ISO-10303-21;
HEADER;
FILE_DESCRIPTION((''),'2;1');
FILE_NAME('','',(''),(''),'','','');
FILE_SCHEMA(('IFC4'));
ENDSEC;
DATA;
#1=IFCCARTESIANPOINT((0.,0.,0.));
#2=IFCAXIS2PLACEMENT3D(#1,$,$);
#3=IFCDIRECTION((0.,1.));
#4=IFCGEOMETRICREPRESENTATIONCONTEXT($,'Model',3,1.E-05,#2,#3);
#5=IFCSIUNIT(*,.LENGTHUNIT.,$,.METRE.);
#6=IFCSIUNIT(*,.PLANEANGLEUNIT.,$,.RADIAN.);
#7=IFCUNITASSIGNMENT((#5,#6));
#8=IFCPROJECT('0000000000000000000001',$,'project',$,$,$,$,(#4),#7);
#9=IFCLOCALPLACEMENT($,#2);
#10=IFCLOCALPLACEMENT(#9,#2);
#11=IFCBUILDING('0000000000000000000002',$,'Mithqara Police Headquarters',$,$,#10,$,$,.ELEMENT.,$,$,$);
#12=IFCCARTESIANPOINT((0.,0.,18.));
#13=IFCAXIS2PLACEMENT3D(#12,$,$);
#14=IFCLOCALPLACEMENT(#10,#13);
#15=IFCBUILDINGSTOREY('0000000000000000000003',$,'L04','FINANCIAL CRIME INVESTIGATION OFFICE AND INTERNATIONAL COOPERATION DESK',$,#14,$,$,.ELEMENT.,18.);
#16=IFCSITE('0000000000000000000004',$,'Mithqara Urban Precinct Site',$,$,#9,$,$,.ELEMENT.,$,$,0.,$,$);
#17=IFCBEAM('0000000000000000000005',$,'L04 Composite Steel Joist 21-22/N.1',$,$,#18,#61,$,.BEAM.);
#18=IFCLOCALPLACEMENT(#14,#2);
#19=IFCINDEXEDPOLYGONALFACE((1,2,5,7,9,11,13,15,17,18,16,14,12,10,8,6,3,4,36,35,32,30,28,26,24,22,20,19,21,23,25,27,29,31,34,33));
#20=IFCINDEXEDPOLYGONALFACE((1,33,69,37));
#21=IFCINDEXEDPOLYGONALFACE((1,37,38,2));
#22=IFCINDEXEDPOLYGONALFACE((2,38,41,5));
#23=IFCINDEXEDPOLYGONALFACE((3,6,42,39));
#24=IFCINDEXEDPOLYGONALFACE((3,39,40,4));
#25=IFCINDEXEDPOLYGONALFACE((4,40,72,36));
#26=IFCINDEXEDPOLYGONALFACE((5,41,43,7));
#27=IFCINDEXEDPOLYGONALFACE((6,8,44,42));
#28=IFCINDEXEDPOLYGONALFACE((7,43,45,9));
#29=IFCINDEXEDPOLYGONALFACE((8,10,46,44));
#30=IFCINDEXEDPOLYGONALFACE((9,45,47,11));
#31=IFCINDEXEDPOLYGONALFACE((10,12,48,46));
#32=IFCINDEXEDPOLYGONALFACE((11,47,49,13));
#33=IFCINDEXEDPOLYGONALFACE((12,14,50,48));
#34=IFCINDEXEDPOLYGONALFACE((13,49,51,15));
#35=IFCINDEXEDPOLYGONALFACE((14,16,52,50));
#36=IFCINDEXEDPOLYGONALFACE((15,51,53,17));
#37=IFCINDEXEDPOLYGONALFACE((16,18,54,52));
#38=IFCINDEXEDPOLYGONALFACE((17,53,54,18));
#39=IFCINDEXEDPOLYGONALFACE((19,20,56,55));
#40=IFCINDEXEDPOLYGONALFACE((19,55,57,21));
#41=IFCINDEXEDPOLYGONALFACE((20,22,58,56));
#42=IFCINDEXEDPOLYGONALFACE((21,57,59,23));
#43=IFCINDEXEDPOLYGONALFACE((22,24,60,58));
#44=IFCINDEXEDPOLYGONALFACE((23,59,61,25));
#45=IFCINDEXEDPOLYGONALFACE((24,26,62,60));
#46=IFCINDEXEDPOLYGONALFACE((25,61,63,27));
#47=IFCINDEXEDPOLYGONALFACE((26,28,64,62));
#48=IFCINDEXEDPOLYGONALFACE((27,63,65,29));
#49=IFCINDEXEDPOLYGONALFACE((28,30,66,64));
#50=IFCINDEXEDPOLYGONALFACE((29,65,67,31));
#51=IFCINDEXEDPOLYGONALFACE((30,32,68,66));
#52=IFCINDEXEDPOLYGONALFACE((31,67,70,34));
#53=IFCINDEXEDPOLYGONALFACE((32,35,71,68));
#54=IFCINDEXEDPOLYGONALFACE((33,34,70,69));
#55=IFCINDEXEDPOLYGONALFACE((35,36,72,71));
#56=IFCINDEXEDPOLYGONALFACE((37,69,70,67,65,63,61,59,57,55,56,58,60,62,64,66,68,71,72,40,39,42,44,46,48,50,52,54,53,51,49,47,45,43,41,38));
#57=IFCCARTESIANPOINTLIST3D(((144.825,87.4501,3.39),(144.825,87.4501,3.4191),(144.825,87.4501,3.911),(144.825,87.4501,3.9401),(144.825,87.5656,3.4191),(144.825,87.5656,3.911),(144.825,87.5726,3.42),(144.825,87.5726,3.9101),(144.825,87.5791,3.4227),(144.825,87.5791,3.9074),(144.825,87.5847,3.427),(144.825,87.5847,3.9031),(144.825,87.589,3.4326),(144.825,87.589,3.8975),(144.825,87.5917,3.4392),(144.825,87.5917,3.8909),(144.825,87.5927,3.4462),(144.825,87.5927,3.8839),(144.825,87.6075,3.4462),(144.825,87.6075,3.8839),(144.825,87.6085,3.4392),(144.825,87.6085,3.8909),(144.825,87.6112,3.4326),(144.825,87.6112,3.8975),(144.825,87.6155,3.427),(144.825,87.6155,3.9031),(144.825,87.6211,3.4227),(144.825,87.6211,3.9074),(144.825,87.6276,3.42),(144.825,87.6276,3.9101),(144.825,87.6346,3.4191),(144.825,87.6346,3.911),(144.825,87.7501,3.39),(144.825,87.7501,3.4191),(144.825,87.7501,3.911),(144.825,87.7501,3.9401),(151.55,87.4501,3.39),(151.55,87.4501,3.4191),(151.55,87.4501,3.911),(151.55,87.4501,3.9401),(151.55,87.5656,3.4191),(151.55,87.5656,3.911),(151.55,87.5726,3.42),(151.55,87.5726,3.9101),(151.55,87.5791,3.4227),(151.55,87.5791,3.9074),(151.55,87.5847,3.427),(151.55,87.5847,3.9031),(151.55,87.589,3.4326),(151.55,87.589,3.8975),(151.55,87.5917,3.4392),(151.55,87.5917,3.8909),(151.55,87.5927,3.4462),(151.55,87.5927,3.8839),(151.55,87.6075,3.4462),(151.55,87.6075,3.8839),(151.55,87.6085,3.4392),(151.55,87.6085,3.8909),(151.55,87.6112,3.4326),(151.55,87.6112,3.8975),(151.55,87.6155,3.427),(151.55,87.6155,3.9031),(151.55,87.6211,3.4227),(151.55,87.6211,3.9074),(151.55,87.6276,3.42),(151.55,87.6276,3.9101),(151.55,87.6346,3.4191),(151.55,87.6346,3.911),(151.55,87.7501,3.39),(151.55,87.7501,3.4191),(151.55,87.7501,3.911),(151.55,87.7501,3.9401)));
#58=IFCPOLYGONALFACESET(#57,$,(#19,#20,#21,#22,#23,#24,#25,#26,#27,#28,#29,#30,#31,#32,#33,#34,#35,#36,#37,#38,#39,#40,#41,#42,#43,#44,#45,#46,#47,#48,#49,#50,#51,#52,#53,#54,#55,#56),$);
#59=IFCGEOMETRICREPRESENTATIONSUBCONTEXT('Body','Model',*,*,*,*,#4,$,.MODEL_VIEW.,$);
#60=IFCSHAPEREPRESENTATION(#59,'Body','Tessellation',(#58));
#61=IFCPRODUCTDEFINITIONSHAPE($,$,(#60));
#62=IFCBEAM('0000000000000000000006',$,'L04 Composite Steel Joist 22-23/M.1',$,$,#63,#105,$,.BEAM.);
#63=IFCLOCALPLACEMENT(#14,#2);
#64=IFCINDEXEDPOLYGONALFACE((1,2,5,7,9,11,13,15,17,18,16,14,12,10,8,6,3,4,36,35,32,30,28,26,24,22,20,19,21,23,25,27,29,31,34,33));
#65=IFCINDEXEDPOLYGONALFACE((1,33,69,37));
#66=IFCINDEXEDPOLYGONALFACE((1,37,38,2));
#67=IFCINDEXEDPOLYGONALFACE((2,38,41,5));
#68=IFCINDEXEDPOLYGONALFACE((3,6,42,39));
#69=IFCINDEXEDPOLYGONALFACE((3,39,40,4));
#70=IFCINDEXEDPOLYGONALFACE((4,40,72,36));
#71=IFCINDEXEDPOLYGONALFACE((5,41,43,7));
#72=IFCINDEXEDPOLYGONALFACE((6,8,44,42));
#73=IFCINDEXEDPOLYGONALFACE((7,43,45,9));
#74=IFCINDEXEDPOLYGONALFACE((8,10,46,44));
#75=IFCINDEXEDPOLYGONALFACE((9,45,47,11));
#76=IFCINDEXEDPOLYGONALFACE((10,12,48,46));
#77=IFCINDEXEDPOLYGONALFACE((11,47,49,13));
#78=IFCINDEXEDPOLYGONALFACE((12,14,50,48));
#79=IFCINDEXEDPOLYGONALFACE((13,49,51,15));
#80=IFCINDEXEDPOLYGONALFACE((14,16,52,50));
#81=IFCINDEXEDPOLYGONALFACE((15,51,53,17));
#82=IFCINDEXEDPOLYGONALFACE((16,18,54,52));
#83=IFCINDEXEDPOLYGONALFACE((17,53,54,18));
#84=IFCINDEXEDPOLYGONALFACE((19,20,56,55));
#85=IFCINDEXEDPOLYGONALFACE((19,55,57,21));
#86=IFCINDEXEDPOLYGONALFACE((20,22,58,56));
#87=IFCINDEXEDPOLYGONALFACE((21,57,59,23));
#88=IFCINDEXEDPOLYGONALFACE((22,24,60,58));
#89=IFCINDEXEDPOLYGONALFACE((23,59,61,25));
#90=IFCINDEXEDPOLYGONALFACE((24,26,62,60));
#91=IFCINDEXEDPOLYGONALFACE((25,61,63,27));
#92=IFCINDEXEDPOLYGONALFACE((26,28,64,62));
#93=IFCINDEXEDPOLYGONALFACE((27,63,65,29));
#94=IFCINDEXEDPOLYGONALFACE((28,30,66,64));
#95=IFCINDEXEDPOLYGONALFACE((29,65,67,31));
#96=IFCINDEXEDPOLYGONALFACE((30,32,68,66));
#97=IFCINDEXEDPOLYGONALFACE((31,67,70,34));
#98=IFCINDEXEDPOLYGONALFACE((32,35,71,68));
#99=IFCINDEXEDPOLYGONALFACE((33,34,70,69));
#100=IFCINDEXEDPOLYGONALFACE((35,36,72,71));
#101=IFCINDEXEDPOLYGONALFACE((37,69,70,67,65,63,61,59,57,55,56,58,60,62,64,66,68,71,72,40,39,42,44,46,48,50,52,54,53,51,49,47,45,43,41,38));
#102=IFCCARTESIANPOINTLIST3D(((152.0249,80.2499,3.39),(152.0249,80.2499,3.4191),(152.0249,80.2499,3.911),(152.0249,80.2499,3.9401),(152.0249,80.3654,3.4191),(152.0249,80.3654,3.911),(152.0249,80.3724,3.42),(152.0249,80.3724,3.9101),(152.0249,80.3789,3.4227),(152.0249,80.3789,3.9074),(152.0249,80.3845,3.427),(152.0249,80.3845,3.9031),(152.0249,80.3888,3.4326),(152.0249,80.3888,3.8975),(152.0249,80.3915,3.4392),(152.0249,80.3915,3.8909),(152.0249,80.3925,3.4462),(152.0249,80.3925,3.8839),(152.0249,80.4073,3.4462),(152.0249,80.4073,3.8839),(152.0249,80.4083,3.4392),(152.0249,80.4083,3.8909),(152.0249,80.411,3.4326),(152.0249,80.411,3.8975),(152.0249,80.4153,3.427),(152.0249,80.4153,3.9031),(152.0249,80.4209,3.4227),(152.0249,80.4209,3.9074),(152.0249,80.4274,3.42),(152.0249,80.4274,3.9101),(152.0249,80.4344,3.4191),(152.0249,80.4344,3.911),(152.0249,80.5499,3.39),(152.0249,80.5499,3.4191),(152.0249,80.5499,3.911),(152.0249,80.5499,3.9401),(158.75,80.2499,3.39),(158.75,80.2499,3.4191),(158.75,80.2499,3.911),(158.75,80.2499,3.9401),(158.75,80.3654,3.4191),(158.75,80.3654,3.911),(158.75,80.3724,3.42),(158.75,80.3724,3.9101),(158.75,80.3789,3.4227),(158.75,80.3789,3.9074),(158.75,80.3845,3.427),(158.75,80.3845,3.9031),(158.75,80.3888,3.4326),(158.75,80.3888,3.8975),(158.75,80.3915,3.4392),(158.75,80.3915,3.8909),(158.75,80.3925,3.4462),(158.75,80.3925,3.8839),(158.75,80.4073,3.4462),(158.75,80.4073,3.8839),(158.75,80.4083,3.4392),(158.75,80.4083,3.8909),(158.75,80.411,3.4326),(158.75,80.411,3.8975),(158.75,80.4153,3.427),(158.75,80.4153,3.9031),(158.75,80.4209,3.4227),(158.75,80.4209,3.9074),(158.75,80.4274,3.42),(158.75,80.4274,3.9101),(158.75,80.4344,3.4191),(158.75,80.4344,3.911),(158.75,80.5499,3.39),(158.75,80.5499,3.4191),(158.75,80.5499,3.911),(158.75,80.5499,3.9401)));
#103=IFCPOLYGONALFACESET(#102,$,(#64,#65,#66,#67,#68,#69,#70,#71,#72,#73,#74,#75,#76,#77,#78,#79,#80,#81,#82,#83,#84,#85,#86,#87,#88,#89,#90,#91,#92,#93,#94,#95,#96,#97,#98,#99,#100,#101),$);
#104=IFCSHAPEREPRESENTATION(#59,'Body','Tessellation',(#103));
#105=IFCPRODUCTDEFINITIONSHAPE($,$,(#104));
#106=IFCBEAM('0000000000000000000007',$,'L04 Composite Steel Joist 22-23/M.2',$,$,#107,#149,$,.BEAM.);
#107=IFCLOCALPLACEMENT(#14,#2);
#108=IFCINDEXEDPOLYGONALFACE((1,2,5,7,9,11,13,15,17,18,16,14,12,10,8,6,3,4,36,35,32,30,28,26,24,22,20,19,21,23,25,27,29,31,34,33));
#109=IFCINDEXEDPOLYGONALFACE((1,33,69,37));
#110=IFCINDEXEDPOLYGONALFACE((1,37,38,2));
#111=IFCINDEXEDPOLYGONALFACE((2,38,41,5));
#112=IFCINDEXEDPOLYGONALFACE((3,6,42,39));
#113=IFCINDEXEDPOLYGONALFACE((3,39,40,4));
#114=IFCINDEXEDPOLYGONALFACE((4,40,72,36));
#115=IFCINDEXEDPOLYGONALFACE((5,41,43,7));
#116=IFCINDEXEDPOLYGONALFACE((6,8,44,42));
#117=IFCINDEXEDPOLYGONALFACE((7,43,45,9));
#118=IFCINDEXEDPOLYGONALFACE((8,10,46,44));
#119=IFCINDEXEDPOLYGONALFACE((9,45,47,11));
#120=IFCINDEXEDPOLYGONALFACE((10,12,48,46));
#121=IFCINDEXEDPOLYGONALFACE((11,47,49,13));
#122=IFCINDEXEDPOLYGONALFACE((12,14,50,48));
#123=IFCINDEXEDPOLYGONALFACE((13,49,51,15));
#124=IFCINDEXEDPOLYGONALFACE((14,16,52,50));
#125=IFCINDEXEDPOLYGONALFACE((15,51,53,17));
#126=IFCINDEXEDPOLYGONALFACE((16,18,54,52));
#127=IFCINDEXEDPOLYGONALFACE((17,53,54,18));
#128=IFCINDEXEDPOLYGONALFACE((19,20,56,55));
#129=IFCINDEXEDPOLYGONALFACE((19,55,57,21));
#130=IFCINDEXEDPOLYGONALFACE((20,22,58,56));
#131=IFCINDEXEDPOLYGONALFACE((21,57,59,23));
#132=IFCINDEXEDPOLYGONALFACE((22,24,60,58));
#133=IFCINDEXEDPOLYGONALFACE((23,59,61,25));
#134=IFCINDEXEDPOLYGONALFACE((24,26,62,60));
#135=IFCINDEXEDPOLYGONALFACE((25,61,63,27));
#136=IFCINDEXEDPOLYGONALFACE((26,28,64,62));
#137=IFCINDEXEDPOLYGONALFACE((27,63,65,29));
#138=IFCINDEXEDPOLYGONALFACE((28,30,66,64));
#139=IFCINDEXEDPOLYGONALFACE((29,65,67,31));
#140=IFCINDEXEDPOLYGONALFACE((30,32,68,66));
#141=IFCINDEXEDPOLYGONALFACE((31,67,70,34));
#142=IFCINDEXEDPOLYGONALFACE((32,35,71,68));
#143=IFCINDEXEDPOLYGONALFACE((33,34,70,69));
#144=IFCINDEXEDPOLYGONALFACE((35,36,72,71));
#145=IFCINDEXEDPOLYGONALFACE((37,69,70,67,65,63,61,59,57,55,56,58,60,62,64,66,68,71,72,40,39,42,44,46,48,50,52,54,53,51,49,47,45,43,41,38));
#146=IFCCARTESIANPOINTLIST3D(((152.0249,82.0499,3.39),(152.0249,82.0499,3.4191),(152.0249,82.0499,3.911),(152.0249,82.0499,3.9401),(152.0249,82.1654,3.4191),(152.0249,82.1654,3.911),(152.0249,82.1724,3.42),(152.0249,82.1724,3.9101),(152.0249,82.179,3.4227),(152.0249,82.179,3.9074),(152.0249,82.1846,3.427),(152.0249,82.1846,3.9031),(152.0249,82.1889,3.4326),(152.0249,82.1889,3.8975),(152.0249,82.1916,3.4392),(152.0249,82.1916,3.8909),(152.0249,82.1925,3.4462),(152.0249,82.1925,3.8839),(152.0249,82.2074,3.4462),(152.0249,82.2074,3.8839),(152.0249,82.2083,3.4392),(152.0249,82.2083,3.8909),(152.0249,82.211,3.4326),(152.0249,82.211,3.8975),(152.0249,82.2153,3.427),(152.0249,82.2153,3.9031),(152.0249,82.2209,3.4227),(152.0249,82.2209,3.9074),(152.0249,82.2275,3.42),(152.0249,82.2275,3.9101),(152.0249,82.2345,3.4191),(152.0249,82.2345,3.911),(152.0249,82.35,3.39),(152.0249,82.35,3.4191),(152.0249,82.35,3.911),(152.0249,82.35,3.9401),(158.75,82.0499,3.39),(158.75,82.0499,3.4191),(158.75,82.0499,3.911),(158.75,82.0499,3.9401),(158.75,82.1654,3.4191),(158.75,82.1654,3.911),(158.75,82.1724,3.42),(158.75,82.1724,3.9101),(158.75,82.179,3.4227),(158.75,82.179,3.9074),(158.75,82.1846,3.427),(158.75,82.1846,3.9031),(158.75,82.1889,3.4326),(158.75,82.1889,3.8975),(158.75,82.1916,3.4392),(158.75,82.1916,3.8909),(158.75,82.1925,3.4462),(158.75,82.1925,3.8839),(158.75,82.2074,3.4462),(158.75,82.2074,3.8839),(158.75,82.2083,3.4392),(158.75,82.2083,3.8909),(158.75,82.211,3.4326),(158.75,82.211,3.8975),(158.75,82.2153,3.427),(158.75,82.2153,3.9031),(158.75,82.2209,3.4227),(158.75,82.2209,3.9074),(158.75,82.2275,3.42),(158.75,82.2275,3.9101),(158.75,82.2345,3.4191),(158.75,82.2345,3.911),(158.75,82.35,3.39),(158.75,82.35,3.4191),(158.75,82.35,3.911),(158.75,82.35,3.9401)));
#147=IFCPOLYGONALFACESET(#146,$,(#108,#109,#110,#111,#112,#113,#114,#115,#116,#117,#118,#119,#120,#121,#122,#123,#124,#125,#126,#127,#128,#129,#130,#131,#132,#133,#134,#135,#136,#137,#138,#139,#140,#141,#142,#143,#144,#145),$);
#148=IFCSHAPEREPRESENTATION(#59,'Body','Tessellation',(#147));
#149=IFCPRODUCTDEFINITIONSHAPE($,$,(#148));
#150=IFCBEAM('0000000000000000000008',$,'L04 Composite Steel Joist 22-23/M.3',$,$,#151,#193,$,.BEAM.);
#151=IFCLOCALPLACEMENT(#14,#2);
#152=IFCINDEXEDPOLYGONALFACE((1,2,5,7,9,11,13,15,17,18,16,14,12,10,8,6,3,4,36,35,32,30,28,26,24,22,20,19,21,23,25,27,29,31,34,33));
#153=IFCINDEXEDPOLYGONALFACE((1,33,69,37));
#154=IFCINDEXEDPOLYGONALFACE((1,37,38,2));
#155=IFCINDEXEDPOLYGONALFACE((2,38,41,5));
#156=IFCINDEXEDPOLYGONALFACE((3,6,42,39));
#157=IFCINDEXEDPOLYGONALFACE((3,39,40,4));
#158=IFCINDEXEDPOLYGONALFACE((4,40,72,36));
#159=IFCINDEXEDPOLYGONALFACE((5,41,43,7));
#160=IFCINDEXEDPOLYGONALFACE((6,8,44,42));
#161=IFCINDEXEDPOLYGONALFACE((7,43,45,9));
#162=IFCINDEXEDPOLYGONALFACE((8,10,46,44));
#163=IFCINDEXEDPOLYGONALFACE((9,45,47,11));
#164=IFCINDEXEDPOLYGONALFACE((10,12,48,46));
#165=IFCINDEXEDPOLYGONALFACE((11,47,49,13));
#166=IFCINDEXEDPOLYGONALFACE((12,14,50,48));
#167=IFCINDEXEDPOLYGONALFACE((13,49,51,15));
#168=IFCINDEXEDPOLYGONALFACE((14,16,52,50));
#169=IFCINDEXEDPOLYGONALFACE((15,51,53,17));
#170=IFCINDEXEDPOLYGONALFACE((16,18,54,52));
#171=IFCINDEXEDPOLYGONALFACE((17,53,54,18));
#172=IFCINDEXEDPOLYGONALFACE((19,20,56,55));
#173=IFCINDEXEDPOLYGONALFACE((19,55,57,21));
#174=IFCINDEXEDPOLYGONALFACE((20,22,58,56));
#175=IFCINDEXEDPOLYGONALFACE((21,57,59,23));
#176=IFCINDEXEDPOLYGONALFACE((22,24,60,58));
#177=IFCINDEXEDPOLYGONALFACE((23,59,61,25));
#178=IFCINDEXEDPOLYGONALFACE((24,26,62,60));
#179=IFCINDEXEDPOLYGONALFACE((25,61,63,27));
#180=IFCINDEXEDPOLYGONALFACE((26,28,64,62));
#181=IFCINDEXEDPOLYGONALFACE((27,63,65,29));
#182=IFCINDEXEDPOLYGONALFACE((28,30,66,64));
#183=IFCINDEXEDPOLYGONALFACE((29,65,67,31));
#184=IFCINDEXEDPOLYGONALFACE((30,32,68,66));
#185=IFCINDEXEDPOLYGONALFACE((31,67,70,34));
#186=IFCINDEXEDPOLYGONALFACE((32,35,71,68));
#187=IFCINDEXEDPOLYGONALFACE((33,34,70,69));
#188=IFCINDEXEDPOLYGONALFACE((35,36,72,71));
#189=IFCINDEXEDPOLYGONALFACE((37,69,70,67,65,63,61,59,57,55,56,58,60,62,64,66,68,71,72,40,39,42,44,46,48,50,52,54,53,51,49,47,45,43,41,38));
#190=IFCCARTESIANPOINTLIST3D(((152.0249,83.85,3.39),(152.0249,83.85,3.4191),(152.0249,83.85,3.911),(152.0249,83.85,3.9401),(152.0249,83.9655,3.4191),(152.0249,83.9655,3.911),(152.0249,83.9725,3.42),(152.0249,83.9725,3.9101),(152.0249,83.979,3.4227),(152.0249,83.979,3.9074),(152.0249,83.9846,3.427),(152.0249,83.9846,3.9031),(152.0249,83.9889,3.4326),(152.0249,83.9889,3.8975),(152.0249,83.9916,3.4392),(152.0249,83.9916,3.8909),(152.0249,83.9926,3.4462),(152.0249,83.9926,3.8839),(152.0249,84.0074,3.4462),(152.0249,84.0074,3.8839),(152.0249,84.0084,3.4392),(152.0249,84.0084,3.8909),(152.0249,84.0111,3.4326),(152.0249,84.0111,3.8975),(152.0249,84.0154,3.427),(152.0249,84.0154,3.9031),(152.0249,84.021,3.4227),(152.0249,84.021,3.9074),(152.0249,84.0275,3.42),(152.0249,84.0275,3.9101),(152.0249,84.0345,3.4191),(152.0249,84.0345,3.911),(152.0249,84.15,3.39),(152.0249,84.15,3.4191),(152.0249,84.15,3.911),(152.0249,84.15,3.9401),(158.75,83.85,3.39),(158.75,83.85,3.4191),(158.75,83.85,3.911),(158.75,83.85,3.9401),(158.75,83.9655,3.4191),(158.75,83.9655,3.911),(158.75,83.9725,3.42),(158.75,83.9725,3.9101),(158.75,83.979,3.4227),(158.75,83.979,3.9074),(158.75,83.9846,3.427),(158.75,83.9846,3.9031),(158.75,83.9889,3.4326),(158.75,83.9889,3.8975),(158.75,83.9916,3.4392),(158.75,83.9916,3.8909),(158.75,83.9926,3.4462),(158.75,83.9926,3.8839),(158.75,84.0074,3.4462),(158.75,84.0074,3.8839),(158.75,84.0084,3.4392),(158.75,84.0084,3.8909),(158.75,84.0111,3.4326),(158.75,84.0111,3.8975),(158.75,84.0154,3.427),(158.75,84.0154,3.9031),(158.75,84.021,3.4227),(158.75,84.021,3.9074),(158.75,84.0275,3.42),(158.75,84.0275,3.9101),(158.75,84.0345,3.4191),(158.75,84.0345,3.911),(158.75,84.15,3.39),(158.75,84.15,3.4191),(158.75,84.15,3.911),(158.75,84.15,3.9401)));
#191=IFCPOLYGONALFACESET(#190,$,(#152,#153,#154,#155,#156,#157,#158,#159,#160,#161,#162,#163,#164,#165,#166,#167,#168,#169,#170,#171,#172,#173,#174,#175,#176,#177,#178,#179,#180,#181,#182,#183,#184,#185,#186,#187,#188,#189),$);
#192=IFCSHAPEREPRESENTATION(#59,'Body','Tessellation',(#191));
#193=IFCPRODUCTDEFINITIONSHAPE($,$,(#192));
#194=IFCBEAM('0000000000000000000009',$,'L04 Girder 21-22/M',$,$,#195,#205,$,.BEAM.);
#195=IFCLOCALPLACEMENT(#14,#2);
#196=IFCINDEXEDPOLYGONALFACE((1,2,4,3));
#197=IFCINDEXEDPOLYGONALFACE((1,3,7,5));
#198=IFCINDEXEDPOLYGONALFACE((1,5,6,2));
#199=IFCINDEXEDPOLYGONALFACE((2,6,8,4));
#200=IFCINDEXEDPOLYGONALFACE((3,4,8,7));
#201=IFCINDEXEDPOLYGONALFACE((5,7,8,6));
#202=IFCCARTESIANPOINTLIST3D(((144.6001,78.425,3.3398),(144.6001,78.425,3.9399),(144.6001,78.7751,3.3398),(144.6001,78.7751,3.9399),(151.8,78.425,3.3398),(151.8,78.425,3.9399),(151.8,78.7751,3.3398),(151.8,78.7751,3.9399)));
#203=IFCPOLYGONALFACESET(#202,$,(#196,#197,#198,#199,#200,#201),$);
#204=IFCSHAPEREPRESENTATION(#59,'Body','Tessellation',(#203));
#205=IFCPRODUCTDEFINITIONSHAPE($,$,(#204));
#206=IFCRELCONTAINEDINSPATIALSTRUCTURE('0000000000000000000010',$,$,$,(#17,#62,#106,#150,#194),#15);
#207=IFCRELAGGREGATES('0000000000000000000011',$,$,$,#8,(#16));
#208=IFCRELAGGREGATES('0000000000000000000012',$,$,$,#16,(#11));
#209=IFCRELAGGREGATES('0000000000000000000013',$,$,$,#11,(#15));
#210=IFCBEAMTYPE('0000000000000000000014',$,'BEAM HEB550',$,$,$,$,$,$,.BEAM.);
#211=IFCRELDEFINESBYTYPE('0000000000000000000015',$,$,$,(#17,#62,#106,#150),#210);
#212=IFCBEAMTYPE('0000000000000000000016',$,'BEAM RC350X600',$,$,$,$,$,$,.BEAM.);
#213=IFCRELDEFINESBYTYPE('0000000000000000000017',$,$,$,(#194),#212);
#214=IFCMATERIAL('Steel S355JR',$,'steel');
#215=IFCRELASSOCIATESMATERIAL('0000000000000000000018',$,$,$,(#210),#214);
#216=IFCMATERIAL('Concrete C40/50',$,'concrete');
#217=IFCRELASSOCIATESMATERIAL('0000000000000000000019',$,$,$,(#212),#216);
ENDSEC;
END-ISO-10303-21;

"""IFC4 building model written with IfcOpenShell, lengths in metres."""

from ifc_helpers import new_model, si_unit, direction, frame, origin, origin_2d, place, context, subcontext, project, spatial, rectangle, i_section, extrude, material, material_profile, profile_set, type_object, element, save


model = new_model("IFC4")

# Units and contexts
model_context = context("Model", 3, precision=1e-05, world=origin(), true_north=direction((0.0, 1.0)))
body_context = subcontext(model_context, "Body", "Model", "MODEL_VIEW")
ifc_project = project(units=[si_unit("LENGTHUNIT", "METRE"), si_unit("PLANEANGLEUNIT", "RADIAN")], contexts=[model_context])

# Site, building, storey
site_placement = place(None, origin())
site = spatial("IfcSite", under=ifc_project, at=site_placement, Name="Mithqara Urban Precinct Site", CompositionType="ELEMENT", RefElevation=0.0)
building_placement = place(site_placement, origin())
building = spatial("IfcBuilding", under=site, at=building_placement, Name="Mithqara Police Headquarters", CompositionType="ELEMENT")
storey_placement = place(building_placement, frame((0.0, 0.0, 18.0)))
storey = spatial("IfcBuildingStorey", under=building, at=storey_placement, Name="L04", Description="FINANCIAL CRIME INVESTIGATION OFFICE AND INTERNATIONAL COOPERATION DESK", CompositionType="ELEMENT", Elevation=18.0)

# Beams
ifc_material_1 = material(Name="Steel S355JR", Category="steel")
ifc_material_profile_1 = material_profile(ifc_material_1, i_section(OverallWidth=0.3, OverallDepth=0.55, WebThickness=0.0149, FlangeThickness=0.0291, FilletRadius=0.0271, at=origin_2d()), Name="HEB 550")
ifc_profile_set_1 = profile_set([ifc_material_profile_1], Name="Steel S355JR")
beam_type_1 = type_object("IfcBeamType", Name="BEAM HEB550", PredefinedType="BEAM", material=ifc_profile_set_1)
for number, where, z_axis, x_axis, name in (
    (1, (144.825, 87.6001, 3.665), (1.0, 0.0, 0.0), (0.0, 1.0, 0.0), "L04 Composite Steel Joist 21-22/N.1"),
    (2, (152.0249, 80.3999, 3.665), (1.0, 0.0, 0.0), (0.0, 1.0, 0.0), "L04 Composite Steel Joist 22-23/M.1"),
    (3, (152.0249, 82.2, 3.665), (1.0, 0.0, 0.0), (0.0, 1.0, 0.0), "L04 Composite Steel Joist 22-23/M.2"),
    (4, (152.0249, 84.0, 3.665), (1.0, 0.0, 0.0), (0.0, 1.0, 0.0), "L04 Composite Steel Joist 22-23/M.3"),
):
    element("IfcBeam", number, at=place(storey_placement, frame(where, z_axis=z_axis, x_axis=x_axis)), inside=storey, type_object=beam_type_1, Name=name, PredefinedType="BEAM", context=body_context, shape_type="SweptSolid", body=[
        extrude(i_section(OverallWidth=0.3, OverallDepth=0.55, WebThickness=0.0149, FlangeThickness=0.0291, FilletRadius=0.0271, at=origin_2d()), origin(), (0.0, 0.0, 1.0), 6.7251),
    ])
ifc_material_2 = material(Name="Concrete C40/50", Category="concrete")
ifc_material_profile_2 = material_profile(ifc_material_2, rectangle(XDim=0.3501, YDim=0.6001, at=origin_2d()), Name="RC 350x600")
ifc_profile_set_2 = profile_set([ifc_material_profile_2], Name="Concrete C40/50")
beam_type_2 = type_object("IfcBeamType", Name="BEAM RC350X600", PredefinedType="BEAM", material=ifc_profile_set_2)
beam_1_placement = place(storey_placement, frame((144.6001, 78.6001, 3.6399), z_axis=(1.0, 0.0, 0.0), x_axis=(0.0, 1.0, 0.0)))
element("IfcBeam", 5, at=beam_1_placement, inside=storey, type_object=beam_type_2, Name="L04 Girder 21-22/M", PredefinedType="BEAM", context=body_context, shape_type="SweptSolid", body=[
    extrude(rectangle(XDim=0.3501, YDim=0.6001, at=origin_2d()), origin(), (0.0, 0.0, 1.0), 7.2),
])

save(model, "model.ifc")
